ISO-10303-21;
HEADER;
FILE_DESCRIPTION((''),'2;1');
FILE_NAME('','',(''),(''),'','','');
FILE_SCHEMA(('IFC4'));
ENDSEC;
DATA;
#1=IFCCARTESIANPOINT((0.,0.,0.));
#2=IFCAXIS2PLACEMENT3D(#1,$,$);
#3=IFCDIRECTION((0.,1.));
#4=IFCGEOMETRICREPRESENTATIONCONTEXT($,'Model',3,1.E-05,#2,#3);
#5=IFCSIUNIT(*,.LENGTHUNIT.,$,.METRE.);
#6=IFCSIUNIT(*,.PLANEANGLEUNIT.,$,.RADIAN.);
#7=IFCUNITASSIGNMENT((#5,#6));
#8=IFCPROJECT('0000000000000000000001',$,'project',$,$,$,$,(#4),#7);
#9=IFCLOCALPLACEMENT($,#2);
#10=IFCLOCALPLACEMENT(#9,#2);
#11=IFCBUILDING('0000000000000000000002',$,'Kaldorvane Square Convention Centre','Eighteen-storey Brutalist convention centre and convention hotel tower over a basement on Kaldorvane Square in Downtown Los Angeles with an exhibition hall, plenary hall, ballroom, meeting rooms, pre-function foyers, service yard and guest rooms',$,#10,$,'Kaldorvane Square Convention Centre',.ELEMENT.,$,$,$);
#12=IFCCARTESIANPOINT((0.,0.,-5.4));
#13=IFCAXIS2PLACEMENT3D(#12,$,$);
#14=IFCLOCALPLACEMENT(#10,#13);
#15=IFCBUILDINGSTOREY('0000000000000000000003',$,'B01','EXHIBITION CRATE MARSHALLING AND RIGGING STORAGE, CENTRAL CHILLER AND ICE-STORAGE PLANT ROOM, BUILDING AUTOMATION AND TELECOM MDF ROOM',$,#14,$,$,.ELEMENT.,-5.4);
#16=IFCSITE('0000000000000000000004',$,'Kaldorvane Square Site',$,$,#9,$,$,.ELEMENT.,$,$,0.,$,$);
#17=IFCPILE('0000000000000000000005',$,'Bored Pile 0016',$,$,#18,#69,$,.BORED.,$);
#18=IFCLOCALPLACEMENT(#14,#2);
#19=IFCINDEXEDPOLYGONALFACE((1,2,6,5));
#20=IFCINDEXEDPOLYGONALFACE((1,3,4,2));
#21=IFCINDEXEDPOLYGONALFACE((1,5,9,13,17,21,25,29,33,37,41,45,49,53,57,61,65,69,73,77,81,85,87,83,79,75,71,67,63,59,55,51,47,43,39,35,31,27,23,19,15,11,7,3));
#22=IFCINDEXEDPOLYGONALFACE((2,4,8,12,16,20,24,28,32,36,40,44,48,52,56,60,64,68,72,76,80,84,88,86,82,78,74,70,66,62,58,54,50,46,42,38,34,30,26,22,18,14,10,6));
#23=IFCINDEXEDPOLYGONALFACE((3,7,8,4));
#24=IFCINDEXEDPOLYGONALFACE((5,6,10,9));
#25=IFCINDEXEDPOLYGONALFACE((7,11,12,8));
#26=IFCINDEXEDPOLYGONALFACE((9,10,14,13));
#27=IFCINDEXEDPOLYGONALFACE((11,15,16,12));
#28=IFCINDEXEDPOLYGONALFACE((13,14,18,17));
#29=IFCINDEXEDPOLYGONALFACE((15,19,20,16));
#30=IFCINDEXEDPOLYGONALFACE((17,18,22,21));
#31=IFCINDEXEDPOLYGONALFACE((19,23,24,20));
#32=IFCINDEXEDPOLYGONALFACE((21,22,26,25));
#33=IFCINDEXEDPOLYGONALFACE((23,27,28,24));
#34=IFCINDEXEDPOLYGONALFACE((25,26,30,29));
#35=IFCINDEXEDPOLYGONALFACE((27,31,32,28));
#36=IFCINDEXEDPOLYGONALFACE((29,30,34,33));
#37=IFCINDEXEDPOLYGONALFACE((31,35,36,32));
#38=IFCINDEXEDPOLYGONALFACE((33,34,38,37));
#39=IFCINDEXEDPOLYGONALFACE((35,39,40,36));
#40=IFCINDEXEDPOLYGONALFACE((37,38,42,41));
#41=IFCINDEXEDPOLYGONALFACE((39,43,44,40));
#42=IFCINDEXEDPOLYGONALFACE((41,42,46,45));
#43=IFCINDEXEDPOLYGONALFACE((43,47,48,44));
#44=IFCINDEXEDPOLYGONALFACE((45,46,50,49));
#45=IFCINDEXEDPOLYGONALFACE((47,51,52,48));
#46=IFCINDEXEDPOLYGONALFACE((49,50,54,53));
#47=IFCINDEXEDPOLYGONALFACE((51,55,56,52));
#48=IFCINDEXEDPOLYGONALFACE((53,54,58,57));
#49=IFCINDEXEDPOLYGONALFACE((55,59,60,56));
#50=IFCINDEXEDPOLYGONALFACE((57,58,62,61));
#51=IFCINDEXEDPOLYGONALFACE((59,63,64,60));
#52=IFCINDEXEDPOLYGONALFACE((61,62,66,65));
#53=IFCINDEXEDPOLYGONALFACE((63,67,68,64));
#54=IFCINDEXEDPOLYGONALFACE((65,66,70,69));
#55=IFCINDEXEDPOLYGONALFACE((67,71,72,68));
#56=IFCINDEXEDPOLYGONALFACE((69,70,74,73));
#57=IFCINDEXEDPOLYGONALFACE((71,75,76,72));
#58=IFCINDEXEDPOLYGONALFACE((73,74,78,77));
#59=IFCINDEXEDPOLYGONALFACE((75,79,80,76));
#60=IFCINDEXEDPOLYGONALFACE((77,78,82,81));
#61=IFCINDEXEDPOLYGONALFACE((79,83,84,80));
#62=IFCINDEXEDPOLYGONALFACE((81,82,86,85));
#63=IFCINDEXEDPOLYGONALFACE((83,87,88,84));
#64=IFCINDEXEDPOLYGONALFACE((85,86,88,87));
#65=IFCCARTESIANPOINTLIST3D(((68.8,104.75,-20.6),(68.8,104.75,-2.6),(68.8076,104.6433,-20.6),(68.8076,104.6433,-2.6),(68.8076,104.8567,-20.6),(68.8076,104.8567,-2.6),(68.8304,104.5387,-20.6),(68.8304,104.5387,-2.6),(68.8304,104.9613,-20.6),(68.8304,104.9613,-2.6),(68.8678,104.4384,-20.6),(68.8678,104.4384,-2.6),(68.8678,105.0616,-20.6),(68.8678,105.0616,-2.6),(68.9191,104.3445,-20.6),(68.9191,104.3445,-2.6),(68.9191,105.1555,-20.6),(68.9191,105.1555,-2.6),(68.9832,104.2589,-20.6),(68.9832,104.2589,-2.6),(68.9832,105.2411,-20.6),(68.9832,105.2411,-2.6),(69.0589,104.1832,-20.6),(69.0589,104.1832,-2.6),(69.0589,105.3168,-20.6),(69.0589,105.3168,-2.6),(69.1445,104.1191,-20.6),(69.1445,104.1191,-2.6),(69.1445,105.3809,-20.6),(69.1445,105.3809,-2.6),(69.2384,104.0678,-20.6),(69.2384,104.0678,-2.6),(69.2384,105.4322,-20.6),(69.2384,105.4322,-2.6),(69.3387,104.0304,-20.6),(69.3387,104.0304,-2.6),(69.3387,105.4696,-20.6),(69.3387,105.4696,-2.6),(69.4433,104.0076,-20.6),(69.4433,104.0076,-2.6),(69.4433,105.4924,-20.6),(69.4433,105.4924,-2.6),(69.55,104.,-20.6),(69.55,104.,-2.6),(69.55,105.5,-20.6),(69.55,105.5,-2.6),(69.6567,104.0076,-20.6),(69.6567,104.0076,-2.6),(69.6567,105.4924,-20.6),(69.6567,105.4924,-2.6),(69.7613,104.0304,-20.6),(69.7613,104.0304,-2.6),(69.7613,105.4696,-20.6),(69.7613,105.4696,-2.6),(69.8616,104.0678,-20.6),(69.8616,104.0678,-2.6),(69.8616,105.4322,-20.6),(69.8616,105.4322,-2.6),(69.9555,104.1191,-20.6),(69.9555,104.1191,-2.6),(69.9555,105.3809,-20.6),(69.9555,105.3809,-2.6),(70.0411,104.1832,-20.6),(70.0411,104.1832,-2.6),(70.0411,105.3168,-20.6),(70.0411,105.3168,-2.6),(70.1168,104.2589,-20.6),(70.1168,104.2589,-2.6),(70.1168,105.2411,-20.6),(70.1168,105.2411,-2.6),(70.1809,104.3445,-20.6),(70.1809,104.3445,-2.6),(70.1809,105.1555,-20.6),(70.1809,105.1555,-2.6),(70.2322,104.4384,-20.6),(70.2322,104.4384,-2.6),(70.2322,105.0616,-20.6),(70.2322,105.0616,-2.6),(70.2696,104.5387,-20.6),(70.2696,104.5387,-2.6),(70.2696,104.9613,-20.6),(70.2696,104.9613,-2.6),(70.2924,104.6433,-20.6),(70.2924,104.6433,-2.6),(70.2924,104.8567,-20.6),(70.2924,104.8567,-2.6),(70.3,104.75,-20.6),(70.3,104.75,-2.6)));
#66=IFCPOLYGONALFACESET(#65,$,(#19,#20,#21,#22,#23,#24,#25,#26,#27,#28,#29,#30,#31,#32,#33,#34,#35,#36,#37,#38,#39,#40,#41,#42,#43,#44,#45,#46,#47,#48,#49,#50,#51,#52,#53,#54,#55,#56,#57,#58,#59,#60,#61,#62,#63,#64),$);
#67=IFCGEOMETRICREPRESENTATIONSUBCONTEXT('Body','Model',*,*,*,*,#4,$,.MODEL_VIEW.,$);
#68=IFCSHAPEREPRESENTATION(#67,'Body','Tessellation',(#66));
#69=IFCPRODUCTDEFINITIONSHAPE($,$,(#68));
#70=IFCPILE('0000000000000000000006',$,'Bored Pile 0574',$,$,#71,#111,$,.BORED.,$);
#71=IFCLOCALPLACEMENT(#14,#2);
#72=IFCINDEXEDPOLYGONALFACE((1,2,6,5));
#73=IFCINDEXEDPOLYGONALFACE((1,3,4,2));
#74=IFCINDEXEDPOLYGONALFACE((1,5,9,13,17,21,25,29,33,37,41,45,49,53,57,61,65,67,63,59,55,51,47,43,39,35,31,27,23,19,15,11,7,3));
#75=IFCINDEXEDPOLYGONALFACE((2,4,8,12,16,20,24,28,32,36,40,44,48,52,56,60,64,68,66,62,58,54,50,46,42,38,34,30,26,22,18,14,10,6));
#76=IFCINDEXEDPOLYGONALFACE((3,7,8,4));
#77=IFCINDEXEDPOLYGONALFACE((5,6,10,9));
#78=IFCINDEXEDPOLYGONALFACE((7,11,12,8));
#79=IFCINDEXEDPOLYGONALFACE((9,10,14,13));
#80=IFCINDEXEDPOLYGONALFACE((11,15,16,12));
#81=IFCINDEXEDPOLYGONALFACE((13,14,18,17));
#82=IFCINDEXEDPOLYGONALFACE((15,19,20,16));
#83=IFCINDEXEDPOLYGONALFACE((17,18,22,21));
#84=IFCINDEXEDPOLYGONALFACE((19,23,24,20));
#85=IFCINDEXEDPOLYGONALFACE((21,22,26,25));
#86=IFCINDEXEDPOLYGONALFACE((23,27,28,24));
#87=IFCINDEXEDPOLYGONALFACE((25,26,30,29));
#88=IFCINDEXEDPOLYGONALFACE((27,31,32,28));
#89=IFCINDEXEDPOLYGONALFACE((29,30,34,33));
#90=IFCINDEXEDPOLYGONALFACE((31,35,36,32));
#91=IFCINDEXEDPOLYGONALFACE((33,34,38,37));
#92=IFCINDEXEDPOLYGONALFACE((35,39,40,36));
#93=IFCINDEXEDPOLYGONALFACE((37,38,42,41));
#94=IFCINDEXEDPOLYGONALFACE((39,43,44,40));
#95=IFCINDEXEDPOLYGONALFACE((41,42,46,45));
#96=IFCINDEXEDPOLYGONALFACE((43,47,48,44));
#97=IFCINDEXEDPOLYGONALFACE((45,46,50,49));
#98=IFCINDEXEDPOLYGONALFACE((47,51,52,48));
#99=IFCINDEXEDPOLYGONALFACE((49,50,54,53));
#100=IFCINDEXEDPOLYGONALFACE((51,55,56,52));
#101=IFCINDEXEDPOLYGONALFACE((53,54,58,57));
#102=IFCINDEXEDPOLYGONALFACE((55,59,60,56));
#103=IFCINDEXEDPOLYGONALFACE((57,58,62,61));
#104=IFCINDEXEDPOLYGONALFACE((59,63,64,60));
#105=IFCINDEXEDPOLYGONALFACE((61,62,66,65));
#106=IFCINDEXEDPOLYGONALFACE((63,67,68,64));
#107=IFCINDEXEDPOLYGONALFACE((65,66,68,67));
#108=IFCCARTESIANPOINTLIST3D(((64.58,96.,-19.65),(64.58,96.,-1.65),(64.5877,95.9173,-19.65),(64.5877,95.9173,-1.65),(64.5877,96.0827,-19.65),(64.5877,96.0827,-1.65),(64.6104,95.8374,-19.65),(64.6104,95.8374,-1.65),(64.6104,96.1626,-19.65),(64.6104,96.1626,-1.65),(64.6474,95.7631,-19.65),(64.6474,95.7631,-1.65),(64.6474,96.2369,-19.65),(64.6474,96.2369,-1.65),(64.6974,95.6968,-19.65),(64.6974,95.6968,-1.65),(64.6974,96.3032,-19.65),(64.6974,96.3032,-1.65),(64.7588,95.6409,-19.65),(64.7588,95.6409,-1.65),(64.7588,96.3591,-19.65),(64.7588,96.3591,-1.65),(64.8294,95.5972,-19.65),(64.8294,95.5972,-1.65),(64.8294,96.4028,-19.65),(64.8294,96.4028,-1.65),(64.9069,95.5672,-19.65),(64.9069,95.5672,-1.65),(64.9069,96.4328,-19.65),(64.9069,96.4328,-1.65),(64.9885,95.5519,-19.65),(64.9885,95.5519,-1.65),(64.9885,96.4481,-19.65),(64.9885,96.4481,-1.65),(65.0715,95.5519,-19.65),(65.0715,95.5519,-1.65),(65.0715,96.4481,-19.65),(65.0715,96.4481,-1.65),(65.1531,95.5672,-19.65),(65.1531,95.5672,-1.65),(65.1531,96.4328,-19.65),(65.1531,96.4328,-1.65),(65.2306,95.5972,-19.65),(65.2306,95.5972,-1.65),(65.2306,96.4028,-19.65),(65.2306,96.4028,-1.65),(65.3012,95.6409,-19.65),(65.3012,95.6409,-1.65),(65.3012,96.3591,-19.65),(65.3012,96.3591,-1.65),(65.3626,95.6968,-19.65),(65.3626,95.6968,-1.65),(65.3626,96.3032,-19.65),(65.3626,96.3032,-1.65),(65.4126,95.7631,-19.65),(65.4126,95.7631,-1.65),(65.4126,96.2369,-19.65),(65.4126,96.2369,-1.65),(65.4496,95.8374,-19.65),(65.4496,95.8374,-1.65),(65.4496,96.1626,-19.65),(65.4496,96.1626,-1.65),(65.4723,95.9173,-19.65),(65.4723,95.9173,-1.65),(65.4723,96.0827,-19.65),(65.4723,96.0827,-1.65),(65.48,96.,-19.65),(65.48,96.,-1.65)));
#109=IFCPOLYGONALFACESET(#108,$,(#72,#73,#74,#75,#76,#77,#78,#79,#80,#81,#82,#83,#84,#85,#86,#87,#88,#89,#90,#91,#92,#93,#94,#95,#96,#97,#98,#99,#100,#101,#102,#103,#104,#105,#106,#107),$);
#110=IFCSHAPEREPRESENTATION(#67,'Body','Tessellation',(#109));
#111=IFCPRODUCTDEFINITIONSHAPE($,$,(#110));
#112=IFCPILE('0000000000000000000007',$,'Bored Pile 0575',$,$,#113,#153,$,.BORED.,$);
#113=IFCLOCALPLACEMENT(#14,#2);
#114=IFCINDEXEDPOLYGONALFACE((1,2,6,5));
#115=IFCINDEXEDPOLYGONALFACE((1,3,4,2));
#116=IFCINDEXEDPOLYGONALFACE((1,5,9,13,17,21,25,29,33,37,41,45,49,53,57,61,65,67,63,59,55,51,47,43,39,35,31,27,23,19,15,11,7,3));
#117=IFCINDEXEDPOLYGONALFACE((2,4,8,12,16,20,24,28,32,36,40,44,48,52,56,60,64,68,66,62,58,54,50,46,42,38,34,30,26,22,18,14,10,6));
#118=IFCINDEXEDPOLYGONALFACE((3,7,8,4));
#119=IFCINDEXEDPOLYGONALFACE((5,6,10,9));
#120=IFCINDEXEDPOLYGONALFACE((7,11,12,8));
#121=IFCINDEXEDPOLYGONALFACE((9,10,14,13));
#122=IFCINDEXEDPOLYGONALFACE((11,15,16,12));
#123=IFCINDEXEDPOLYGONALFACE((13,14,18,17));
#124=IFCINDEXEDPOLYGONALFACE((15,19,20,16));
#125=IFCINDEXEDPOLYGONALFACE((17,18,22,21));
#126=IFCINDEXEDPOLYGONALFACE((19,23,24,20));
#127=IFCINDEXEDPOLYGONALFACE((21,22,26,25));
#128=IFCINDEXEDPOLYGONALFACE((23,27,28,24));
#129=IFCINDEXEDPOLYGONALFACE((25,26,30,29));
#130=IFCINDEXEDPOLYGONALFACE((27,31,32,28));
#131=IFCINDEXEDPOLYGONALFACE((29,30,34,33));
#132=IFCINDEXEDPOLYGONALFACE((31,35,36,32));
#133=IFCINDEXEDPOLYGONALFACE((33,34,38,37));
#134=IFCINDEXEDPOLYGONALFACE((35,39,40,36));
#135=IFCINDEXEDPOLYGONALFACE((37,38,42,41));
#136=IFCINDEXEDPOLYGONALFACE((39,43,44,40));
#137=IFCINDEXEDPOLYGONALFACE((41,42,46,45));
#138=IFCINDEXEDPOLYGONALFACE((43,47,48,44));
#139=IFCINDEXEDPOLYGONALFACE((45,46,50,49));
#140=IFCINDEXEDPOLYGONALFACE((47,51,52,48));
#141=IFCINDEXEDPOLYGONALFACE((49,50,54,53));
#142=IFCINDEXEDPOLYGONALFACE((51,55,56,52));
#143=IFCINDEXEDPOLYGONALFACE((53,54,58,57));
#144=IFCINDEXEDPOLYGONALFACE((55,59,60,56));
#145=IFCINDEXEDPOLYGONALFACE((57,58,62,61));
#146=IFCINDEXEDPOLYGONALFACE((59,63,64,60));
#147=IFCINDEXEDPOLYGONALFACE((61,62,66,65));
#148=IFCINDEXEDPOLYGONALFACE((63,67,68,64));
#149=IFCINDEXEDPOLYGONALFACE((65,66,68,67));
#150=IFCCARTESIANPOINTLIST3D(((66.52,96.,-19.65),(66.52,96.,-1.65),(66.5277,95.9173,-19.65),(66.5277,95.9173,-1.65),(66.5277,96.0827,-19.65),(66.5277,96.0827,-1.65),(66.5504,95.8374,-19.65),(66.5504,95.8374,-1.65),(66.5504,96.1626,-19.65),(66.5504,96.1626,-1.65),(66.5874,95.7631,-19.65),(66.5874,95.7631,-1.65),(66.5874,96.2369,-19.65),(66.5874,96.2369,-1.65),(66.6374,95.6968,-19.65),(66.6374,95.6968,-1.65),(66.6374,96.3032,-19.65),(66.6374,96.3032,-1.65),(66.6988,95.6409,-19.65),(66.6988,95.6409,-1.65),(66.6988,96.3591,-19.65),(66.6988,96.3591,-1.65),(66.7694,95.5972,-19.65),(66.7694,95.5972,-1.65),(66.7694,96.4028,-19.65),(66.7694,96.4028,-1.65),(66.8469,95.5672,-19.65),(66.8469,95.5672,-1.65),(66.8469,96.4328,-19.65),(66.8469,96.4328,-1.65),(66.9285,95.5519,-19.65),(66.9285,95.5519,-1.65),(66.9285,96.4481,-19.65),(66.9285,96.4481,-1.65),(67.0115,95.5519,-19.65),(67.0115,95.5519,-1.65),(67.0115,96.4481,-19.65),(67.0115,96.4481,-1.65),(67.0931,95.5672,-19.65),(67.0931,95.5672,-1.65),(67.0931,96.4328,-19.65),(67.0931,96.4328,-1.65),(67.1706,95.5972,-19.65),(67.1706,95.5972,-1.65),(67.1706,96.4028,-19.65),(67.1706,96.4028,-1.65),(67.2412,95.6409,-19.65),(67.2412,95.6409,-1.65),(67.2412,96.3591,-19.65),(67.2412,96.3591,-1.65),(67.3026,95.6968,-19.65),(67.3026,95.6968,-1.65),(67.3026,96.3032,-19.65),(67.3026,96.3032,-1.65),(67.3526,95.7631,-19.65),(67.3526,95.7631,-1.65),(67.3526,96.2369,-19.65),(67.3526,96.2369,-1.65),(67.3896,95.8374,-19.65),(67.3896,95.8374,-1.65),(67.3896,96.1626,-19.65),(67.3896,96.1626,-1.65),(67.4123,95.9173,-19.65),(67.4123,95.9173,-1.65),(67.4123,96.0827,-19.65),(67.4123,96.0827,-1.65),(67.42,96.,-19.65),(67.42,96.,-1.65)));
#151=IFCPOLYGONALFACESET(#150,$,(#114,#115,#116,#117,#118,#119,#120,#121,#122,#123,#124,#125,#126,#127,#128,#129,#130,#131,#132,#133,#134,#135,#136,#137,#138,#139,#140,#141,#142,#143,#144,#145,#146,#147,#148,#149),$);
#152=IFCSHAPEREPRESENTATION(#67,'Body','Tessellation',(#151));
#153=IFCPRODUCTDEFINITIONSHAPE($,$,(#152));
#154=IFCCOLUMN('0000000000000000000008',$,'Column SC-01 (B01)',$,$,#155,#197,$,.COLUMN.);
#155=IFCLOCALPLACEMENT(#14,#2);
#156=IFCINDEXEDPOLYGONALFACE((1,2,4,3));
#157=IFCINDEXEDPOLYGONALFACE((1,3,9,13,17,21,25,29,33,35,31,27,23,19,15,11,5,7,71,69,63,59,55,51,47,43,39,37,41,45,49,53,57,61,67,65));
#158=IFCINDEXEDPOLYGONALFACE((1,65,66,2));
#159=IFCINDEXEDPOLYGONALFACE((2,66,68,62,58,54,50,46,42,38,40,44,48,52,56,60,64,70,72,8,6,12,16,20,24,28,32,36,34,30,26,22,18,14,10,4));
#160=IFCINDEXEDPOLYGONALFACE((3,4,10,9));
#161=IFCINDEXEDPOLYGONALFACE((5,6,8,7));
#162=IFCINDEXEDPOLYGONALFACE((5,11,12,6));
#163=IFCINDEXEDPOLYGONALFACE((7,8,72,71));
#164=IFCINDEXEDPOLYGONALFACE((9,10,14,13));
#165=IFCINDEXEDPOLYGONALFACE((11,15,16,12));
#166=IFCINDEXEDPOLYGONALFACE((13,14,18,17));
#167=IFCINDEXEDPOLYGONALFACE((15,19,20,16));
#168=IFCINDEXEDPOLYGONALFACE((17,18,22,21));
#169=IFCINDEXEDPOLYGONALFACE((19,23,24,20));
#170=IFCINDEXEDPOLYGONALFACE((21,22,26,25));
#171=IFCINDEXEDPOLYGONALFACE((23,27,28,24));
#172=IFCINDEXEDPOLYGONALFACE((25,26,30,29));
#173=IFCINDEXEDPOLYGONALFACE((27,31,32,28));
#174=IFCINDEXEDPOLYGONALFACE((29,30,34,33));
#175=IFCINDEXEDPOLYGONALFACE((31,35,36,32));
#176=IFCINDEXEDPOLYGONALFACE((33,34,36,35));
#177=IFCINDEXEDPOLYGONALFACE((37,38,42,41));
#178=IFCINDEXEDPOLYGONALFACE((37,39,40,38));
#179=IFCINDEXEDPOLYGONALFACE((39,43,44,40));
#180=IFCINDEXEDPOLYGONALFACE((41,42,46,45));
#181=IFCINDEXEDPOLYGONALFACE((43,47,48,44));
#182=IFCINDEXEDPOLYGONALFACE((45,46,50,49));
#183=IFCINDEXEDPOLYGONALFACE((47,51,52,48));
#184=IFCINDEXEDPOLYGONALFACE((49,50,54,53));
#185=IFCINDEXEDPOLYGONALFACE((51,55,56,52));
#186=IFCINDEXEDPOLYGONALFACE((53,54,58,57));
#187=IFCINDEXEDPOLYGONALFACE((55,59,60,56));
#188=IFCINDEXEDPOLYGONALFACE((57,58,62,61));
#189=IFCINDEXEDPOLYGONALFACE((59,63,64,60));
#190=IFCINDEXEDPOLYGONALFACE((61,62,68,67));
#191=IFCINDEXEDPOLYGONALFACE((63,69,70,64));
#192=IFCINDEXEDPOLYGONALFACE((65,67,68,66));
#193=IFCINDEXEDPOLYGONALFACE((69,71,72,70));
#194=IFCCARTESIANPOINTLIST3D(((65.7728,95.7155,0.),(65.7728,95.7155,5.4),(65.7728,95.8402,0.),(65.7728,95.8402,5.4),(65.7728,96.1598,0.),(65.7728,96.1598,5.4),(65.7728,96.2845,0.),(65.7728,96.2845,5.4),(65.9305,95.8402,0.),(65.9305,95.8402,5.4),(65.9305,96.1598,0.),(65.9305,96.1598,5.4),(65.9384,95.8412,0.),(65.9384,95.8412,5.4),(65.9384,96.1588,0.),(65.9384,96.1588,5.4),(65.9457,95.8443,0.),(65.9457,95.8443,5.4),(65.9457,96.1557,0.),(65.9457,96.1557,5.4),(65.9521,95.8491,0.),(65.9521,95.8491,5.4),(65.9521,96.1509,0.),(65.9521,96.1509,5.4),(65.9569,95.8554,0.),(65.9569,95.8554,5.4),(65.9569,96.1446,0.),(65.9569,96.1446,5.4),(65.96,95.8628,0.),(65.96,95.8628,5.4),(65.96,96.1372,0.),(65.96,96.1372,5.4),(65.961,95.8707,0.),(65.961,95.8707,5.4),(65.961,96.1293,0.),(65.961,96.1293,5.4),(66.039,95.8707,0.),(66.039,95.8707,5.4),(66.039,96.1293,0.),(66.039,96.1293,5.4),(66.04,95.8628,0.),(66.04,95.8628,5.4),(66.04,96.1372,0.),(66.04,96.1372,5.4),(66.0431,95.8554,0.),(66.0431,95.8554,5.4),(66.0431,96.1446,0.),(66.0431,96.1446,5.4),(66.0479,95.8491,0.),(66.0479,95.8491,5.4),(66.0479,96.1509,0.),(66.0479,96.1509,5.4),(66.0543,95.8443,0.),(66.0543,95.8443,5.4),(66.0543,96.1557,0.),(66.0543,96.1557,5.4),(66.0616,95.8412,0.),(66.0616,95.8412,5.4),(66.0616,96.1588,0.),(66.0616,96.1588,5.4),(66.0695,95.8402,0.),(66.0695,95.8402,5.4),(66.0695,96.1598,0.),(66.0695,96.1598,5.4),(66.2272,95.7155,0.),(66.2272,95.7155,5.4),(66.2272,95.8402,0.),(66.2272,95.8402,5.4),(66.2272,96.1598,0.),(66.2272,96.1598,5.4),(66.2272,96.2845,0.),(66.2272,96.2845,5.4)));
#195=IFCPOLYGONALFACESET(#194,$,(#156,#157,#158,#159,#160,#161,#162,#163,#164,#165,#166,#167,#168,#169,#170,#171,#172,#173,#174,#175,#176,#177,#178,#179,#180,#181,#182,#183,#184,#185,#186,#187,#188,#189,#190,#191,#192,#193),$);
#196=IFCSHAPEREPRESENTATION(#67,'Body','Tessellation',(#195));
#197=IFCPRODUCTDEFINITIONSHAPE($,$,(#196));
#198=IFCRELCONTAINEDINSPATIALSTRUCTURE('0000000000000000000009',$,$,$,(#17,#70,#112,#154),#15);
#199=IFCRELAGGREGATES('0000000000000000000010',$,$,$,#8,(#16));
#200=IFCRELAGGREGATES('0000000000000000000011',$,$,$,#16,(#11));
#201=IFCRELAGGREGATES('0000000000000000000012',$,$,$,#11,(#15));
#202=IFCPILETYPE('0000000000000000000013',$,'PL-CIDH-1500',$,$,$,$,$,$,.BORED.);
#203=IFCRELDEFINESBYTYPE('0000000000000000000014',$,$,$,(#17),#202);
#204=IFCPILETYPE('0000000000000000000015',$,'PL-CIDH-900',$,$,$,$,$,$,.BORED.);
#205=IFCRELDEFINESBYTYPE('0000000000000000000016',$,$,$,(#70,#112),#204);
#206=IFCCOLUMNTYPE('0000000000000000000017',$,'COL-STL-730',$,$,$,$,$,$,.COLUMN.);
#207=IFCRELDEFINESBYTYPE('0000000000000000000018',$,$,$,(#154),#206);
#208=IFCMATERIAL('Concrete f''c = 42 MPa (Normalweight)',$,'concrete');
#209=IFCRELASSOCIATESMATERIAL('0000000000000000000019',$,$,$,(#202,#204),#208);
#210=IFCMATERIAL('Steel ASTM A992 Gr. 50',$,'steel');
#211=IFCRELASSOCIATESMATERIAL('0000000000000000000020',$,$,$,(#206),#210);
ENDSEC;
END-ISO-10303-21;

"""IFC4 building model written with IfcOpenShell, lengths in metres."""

from ifc_helpers import new_model, si_unit, direction, frame, origin, origin_2d, place, context, subcontext, project, spatial, circle, i_section, extrude, material, material_profile, profile_set, type_object, element, save


model = new_model("IFC4")

# Units and contexts
model_context = context("Model", 3, precision=1e-05, world=origin(), true_north=direction((0.0, 1.0)))
body_context = subcontext(model_context, "Body", "Model", "MODEL_VIEW")
ifc_project = project(units=[si_unit("LENGTHUNIT", "METRE"), si_unit("PLANEANGLEUNIT", "RADIAN")], contexts=[model_context])

# Site, building, storey
site_placement = place(None, origin())
site = spatial("IfcSite", under=ifc_project, at=site_placement, Name="Kaldorvane Square Site", CompositionType="ELEMENT", RefElevation=0.0)
building_placement = place(site_placement, origin())
building = spatial("IfcBuilding", under=site, at=building_placement, Name="Kaldorvane Square Convention Centre", Description="Eighteen-storey Brutalist convention centre and convention hotel tower over a basement on Kaldorvane Square in Downtown Los Angeles with an exhibition hall, plenary hall, ballroom, meeting rooms, pre-function foyers, service yard and guest rooms", LongName="Kaldorvane Square Convention Centre", CompositionType="ELEMENT")
storey_placement = place(building_placement, frame((0.0, 0.0, -5.4)))
storey = spatial("IfcBuildingStorey", under=building, at=storey_placement, Name="B01", Description="EXHIBITION CRATE MARSHALLING AND RIGGING STORAGE, CENTRAL CHILLER AND ICE-STORAGE PLANT ROOM, BUILDING AUTOMATION AND TELECOM MDF ROOM", CompositionType="ELEMENT", Elevation=-5.4)

# Shared definitions
ifc_material_1 = material(Name="Concrete f'c = 42 MPa (Normalweight)", Category="concrete")

# Piles
ifc_material_profile_1 = material_profile(ifc_material_1, circle(Radius=0.75, at=origin_2d()), Name="PILE-D1500")
ifc_profile_set_1 = profile_set([ifc_material_profile_1], Name="Concrete f'c = 42 MPa (Normalweight)")
pile_type_1 = type_object("IfcPileType", Name="PL-CIDH-1500", PredefinedType="BORED", material=ifc_profile_set_1)
for number, where, z_axis, x_axis, name in (
    (1, (69.55, 104.75, -2.6), (0.0, 0.0, -1.0), (1.0, 0.0, 0.0), "Bored Pile 0016"),
):
    element("IfcPile", number, at=place(storey_placement, frame(where, z_axis=z_axis, x_axis=x_axis)), inside=storey, type_object=pile_type_1, Name=name, PredefinedType="BORED", context=body_context, shape_type="SweptSolid", body=[
        extrude(circle(Radius=0.75, at=origin_2d()), origin(), (0.0, 0.0, 1.0), 18.0),
    ])
ifc_material_profile_2 = material_profile(ifc_material_1, circle(Radius=0.45, at=origin_2d()), Name="PILE-D900")
ifc_profile_set_2 = profile_set([ifc_material_profile_2], Name="Concrete f'c = 42 MPa (Normalweight)")
pile_type_2 = type_object("IfcPileType", Name="PL-CIDH-900", PredefinedType="BORED", material=ifc_profile_set_2)
for number, where, z_axis, x_axis, name in (
    (2, (65.03, 96.0, -1.65), (0.0, 0.0, -1.0), (1.0, 0.0, 0.0), "Bored Pile 0574"),
    (3, (66.97, 96.0, -1.65), (0.0, 0.0, -1.0), (1.0, 0.0, 0.0), "Bored Pile 0575"),
):
    element("IfcPile", number, at=place(storey_placement, frame(where, z_axis=z_axis, x_axis=x_axis)), inside=storey, type_object=pile_type_2, Name=name, PredefinedType="BORED", context=body_context, shape_type="SweptSolid", body=[
        extrude(circle(Radius=0.45, at=origin_2d()), origin(), (0.0, 0.0, 1.0), 18.0),
    ])

# Column
ifc_material_2 = material(Name="Steel ASTM A992 Gr. 50", Category="steel")
ifc_material_profile_3 = material_profile(ifc_material_2, i_section(OverallWidth=0.4544, OverallDepth=0.569, WebThickness=0.078, FlangeThickness=0.1247, FilletRadius=0.0305, at=origin_2d()), Name="W14X730")
ifc_profile_set_3 = profile_set([ifc_material_profile_3], Name="Steel ASTM A992 Gr. 50")
column_type = type_object("IfcColumnType", Name="COL-STL-730", PredefinedType="COLUMN", material=ifc_profile_set_3)
column_placement = place(storey_placement, frame((66.0, 96.0, 0.0), z_axis=(0.0, 0.0, 1.0), x_axis=(1.0, 0.0, 0.0)))
element("IfcColumn", 4, at=column_placement, inside=storey, type_object=column_type, Name="Column SC-01 (B01)", PredefinedType="COLUMN", context=body_context, shape_type="SweptSolid", body=[
    extrude(i_section(OverallWidth=0.4544, OverallDepth=0.569, WebThickness=0.078, FlangeThickness=0.1247, FilletRadius=0.0305, at=origin_2d()), origin(), (0.0, 0.0, 1.0), 5.4),
])

save(model, "model.ifc")
